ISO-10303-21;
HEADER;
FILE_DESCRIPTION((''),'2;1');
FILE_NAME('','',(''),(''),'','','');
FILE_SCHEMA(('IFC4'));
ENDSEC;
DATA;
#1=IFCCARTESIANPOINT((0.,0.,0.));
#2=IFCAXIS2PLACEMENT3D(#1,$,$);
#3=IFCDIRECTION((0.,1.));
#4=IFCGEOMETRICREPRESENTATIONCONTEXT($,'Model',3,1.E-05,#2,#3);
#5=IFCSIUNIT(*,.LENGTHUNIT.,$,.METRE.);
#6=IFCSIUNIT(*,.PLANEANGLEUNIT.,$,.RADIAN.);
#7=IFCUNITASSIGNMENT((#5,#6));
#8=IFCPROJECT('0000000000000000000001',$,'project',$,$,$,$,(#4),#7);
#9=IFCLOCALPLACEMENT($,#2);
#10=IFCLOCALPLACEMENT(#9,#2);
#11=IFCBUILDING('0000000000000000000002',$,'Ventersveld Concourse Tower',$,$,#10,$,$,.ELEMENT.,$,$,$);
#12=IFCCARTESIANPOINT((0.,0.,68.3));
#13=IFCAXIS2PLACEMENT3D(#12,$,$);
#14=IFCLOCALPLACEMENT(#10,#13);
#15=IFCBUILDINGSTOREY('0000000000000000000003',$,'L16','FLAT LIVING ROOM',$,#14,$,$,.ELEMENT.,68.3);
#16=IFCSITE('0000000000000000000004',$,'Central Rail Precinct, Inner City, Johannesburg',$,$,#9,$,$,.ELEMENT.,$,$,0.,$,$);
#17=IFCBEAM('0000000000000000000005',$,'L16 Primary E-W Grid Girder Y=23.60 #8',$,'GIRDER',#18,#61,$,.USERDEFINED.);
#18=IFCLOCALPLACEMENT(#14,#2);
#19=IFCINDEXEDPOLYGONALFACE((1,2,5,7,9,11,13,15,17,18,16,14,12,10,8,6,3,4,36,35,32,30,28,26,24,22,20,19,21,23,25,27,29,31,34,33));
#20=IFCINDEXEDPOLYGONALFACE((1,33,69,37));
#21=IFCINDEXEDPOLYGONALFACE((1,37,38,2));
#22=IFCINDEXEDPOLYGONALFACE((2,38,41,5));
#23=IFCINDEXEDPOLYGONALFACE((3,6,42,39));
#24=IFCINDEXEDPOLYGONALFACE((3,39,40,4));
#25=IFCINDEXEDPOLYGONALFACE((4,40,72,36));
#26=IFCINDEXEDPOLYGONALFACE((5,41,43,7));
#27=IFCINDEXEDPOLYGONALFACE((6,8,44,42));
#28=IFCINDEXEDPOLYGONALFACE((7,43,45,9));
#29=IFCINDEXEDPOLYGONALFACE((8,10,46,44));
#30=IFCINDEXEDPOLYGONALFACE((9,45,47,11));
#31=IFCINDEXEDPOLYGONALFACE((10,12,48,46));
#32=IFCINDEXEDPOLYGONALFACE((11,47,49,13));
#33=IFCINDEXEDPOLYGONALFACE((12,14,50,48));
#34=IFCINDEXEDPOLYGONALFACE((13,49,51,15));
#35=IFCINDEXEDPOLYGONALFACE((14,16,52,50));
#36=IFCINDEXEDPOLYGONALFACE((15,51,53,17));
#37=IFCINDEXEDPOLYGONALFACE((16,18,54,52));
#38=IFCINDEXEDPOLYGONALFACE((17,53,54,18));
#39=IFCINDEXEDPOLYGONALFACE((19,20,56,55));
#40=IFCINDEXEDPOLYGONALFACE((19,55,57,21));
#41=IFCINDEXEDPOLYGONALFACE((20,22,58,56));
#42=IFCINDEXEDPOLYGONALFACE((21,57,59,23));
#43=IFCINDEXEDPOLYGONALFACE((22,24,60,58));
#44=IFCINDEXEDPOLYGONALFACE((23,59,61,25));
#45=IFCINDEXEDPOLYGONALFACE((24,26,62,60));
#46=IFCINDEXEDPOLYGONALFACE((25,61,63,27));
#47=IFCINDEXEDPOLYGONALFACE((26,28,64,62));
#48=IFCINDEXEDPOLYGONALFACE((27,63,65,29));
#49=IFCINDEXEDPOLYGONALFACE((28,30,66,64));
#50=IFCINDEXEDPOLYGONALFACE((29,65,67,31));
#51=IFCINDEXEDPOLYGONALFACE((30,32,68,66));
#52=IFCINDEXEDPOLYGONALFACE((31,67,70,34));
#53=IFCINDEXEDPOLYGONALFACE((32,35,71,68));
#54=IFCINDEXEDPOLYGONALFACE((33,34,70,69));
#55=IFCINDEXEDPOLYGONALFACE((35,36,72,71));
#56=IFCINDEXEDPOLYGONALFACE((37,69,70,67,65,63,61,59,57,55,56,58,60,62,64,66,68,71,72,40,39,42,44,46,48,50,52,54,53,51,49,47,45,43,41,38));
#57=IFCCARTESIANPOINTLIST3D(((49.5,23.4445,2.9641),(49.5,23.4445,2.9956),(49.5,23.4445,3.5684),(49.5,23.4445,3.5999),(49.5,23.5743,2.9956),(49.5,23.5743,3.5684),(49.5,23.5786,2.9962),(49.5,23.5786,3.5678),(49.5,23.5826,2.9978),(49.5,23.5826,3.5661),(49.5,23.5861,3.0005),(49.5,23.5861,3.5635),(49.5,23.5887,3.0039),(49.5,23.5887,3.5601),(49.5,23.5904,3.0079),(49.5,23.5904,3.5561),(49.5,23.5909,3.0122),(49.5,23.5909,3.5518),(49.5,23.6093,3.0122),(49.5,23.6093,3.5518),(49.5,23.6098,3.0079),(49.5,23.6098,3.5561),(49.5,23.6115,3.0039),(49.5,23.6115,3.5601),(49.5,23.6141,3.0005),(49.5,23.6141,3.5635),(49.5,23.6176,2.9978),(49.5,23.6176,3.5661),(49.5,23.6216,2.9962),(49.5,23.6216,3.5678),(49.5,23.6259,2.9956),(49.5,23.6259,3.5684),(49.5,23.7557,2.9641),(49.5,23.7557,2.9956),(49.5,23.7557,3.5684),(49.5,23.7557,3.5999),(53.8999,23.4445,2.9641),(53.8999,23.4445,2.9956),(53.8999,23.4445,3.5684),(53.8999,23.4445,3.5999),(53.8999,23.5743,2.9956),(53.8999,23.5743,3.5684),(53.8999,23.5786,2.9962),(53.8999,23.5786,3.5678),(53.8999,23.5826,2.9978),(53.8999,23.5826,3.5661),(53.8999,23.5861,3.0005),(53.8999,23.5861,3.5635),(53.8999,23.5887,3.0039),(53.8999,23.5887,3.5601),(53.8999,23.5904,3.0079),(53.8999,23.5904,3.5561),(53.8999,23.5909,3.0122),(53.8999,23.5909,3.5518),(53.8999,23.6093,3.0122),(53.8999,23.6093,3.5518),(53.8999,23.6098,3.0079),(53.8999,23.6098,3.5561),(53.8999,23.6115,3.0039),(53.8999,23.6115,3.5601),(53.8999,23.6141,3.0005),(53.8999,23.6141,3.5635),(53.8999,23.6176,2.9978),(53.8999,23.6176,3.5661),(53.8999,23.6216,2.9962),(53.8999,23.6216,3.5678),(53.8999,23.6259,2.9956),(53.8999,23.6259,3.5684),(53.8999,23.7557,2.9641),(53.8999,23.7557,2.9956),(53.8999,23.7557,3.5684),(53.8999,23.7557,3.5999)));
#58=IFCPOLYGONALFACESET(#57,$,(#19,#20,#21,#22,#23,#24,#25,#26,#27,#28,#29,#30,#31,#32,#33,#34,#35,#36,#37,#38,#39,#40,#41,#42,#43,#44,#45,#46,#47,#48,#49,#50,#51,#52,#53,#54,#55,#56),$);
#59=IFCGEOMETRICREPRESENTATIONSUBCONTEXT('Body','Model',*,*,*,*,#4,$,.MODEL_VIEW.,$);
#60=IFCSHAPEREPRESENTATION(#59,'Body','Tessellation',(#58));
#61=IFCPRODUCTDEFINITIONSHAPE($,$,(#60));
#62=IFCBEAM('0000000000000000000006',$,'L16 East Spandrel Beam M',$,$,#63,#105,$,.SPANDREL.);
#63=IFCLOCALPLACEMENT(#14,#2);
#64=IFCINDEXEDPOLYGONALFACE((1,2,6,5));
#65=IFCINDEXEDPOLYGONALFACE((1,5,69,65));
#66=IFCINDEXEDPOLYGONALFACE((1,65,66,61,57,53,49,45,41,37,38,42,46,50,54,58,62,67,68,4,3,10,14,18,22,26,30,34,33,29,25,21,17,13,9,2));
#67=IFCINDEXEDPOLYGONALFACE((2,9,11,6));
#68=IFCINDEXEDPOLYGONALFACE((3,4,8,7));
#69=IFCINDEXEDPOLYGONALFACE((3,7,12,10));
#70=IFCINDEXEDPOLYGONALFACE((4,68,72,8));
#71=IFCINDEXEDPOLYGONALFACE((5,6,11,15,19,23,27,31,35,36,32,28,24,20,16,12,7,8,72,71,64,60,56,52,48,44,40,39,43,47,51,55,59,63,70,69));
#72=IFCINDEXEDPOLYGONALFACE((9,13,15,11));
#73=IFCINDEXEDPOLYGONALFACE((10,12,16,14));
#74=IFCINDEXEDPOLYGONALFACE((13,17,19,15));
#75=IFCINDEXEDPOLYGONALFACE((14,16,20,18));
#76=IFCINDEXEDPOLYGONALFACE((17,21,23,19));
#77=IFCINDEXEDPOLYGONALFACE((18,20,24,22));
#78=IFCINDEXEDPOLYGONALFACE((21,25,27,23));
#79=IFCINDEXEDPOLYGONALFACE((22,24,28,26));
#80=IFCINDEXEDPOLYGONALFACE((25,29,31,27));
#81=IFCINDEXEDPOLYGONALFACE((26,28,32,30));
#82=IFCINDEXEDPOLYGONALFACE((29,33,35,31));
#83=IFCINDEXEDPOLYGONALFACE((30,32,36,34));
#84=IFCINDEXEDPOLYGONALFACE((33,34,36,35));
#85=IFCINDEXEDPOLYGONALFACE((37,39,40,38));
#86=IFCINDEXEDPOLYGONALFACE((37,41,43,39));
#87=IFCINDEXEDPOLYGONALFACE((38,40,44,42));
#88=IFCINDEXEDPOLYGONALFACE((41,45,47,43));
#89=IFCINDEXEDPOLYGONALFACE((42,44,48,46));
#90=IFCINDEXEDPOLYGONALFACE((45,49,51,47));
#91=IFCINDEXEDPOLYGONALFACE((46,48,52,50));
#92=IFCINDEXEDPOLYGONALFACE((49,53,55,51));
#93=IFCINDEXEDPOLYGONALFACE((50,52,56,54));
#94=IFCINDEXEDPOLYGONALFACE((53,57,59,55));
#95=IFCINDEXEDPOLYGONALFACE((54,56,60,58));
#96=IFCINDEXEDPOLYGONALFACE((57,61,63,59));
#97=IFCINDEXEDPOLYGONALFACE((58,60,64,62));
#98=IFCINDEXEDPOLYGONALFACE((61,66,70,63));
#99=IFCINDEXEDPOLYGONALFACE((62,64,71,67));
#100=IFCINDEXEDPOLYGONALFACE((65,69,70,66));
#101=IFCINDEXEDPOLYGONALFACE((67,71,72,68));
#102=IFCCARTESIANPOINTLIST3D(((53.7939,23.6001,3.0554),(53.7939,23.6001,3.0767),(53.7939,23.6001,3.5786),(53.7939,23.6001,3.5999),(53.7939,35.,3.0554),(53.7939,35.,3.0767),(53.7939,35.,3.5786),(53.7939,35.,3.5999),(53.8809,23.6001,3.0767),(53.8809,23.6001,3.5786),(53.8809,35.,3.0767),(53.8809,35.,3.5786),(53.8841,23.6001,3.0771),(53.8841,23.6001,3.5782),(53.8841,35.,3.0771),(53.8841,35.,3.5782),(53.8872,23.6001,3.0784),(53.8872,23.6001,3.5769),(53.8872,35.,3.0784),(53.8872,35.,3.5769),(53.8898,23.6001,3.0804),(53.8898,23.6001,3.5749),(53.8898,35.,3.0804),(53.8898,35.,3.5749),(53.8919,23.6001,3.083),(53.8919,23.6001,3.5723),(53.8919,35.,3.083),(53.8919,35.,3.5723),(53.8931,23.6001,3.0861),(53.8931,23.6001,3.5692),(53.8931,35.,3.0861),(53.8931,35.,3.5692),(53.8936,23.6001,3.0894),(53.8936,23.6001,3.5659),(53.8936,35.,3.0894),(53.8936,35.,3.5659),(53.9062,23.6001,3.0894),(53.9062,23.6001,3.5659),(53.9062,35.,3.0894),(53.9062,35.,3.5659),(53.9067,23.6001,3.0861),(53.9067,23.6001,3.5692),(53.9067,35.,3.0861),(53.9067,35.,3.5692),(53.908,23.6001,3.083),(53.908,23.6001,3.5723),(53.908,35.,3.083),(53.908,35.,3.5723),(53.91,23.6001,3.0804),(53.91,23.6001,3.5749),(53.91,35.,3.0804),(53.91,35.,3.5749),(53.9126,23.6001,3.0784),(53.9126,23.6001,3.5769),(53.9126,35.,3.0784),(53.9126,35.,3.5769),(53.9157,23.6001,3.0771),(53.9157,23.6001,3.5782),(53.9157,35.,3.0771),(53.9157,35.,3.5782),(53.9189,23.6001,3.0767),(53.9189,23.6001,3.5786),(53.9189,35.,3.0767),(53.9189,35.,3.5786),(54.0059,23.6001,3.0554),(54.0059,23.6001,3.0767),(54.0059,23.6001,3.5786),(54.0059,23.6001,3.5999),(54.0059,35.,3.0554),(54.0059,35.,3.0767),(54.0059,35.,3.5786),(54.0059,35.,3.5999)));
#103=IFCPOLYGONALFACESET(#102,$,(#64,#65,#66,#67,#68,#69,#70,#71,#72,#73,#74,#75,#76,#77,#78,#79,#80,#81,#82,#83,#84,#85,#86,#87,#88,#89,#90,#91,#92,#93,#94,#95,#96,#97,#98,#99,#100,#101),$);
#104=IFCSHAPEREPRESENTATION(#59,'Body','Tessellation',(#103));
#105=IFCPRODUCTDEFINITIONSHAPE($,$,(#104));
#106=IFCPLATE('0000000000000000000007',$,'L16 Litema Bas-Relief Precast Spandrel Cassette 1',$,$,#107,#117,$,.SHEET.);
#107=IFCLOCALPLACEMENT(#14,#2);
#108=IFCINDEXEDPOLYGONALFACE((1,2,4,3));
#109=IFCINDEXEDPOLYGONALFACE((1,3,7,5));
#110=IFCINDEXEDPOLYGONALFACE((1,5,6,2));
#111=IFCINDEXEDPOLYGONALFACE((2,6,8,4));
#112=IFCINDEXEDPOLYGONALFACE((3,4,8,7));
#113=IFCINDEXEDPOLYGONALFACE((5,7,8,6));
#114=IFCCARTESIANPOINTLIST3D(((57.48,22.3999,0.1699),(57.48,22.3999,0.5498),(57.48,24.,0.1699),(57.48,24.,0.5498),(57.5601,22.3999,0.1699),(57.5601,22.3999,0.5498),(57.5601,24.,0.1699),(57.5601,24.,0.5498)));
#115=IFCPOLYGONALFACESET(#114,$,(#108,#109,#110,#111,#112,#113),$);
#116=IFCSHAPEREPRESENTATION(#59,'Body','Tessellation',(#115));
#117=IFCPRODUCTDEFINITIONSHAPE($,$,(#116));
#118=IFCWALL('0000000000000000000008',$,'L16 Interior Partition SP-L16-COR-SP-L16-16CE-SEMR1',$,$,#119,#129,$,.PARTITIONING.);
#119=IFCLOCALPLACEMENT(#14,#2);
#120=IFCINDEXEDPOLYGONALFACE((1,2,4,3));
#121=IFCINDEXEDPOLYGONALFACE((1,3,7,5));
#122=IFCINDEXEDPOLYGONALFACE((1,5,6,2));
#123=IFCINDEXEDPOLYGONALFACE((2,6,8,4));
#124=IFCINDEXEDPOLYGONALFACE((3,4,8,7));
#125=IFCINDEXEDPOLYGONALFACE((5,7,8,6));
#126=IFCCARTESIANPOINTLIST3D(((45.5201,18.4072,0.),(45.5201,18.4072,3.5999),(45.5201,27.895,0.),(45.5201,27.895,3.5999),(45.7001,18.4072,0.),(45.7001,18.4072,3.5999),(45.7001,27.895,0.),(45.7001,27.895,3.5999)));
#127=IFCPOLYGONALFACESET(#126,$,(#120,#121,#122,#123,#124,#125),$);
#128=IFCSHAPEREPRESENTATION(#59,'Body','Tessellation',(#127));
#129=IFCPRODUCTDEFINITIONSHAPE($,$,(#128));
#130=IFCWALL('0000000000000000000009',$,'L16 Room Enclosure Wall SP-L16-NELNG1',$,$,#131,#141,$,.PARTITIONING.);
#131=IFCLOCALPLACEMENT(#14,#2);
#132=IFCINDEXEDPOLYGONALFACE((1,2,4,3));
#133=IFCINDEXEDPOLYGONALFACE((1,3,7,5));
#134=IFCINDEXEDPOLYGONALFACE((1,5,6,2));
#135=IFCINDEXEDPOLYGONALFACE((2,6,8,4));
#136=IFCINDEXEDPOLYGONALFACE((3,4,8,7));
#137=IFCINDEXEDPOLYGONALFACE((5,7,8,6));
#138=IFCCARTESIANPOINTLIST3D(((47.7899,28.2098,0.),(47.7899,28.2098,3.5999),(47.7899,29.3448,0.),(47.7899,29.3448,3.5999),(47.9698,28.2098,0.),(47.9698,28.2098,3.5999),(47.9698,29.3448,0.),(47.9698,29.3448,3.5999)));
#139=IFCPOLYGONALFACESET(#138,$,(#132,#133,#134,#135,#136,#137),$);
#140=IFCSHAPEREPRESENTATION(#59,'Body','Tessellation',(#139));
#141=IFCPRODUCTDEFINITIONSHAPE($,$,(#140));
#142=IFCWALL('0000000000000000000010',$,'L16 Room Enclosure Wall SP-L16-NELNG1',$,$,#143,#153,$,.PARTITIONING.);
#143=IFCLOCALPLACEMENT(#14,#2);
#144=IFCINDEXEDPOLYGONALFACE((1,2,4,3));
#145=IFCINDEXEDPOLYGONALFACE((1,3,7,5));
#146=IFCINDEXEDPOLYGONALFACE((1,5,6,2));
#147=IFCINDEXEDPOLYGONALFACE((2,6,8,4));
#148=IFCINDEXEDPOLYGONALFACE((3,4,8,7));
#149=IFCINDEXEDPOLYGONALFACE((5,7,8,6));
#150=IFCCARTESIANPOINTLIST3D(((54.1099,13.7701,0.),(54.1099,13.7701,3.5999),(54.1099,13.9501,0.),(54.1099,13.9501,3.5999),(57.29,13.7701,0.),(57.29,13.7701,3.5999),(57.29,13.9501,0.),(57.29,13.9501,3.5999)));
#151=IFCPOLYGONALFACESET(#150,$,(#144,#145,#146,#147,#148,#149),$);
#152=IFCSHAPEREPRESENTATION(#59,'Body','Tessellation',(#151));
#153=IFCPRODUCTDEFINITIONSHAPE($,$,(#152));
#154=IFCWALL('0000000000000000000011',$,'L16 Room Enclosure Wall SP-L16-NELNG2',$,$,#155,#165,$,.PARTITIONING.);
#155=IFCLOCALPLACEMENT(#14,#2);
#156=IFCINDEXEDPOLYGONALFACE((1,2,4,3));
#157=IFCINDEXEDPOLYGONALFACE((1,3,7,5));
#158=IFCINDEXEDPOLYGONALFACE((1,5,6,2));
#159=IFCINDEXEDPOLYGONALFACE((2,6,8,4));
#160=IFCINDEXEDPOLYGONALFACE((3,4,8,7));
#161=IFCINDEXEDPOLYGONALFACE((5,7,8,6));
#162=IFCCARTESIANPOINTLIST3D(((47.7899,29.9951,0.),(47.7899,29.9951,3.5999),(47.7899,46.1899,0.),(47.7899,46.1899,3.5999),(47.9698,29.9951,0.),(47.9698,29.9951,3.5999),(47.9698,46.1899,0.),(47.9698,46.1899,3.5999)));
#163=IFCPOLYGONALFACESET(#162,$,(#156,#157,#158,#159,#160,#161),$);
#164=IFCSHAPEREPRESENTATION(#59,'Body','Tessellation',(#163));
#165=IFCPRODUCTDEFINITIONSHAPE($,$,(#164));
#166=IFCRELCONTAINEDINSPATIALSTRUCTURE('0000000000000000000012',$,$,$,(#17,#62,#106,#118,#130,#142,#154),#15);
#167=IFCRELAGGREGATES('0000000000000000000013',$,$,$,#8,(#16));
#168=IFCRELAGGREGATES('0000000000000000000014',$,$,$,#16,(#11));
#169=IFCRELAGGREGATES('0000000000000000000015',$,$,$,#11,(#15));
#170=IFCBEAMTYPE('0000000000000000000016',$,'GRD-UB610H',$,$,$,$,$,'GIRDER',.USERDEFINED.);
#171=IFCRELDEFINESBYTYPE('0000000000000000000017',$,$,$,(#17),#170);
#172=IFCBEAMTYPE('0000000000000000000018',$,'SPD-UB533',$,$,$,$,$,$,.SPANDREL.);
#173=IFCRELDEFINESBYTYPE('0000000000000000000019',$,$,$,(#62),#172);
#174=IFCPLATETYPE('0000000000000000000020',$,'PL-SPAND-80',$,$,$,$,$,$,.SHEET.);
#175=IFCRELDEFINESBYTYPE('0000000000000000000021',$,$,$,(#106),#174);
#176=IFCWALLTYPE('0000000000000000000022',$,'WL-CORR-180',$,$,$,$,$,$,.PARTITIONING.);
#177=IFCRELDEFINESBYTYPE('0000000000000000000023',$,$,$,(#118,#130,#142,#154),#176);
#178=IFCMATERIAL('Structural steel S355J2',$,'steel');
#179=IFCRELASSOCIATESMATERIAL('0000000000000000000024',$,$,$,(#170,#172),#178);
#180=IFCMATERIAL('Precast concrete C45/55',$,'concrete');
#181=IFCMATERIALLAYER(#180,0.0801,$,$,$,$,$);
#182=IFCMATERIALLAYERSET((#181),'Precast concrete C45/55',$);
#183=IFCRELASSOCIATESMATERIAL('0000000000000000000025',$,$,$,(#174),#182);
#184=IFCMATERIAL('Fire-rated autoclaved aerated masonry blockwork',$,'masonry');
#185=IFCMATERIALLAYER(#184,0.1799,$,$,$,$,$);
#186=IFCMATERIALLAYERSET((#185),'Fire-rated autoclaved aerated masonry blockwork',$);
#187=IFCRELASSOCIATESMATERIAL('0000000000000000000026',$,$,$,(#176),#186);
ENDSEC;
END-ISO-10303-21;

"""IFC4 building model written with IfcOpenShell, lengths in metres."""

from ifc_helpers import new_model, si_unit, direction, frame, frame_2d, origin, origin_2d, place, context, subcontext, project, spatial, rectangle, i_section, extrude, material, layer, layer_set, material_profile, profile_set, type_object, element, save


model = new_model("IFC4")

# Units and contexts
model_context = context("Model", 3, precision=1e-05, world=origin(), true_north=direction((0.0, 1.0)))
body_context = subcontext(model_context, "Body", "Model", "MODEL_VIEW")
ifc_project = project(units=[si_unit("LENGTHUNIT", "METRE"), si_unit("PLANEANGLEUNIT", "RADIAN")], contexts=[model_context])

# Site, building, storey
site_placement = place(None, origin())
site = spatial("IfcSite", under=ifc_project, at=site_placement, Name="Central Rail Precinct, Inner City, Johannesburg", CompositionType="ELEMENT", RefElevation=0.0)
building_placement = place(site_placement, origin())
building = spatial("IfcBuilding", under=site, at=building_placement, Name="Ventersveld Concourse Tower", CompositionType="ELEMENT")
storey_placement = place(building_placement, frame((0.0, 0.0, 68.3)))
storey = spatial("IfcBuildingStorey", under=building, at=storey_placement, Name="L16", Description="FLAT LIVING ROOM", CompositionType="ELEMENT", Elevation=68.3)

# Beams
ifc_material_1 = material(Name="Structural steel S355J2", Category="steel")
ifc_material_profile_1 = material_profile(ifc_material_1, i_section(OverallWidth=0.3113, OverallDepth=0.6357, WebThickness=0.0183, FlangeThickness=0.0315, FilletRadius=0.0166, at=origin_2d()), Name="UB 610x305x238")
ifc_profile_set_1 = profile_set([ifc_material_profile_1], Name="Structural steel S355J2")
beam_type_1 = type_object("IfcBeamType", Name="GRD-UB610H", ElementType="GIRDER", PredefinedType="USERDEFINED", material=ifc_profile_set_1)
beam_1_placement = place(storey_placement, frame((49.5, 23.6001, 3.282), z_axis=(1.0, 0.0, 0.0), x_axis=(0.0, 1.0, 0.0)))
element("IfcBeam", 1, at=beam_1_placement, inside=storey, type_object=beam_type_1, Name="L16 Primary E-W Grid Girder Y=23.60 #8", ObjectType="GIRDER", PredefinedType="USERDEFINED", context=body_context, shape_type="SweptSolid", body=[
    extrude(i_section(OverallWidth=0.3113, OverallDepth=0.6357, WebThickness=0.0183, FlangeThickness=0.0315, FilletRadius=0.0166, at=origin_2d()), origin(), (0.0, 0.0, 1.0), 4.3999),
])
ifc_material_profile_2 = material_profile(ifc_material_1, i_section(OverallWidth=0.2119, OverallDepth=0.5444, WebThickness=0.0127, FlangeThickness=0.0212, FilletRadius=0.0127, at=origin_2d()), Name="UB 533x210x122")
ifc_profile_set_2 = profile_set([ifc_material_profile_2], Name="Structural steel S355J2")
beam_type_2 = type_object("IfcBeamType", Name="SPD-UB533", PredefinedType="SPANDREL", material=ifc_profile_set_2)
beam_2_placement = place(storey_placement, frame((53.8999, 23.6001, 3.3276), z_axis=(0.0, 1.0, 0.0), x_axis=(-1.0, 0.0, 0.0)))
element("IfcBeam", 2, at=beam_2_placement, inside=storey, type_object=beam_type_2, Name="L16 East Spandrel Beam M", PredefinedType="SPANDREL", context=body_context, shape_type="SweptSolid", body=[
    extrude(i_section(OverallWidth=0.2119, OverallDepth=0.5444, WebThickness=0.0127, FlangeThickness=0.0212, FilletRadius=0.0127, at=origin_2d()), origin(), (0.0, 0.0, 1.0), 11.3999),
])

# Plate
ifc_material_2 = material(Name="Precast concrete C45/55", Category="concrete")
ifc_layer_1 = layer(ifc_material_2, 0.0801)
ifc_layer_set_1 = layer_set([ifc_layer_1], Name="Precast concrete C45/55")
plate_type = type_object("IfcPlateType", Name="PL-SPAND-80", PredefinedType="SHEET", material=ifc_layer_set_1)
plate_placement = place(storey_placement, frame((57.52, 23.2, 0.1699), z_axis=(0.0, 0.0, 1.0), x_axis=(0.0, 1.0, 0.0)))
element("IfcPlate", 3, at=plate_placement, inside=storey, type_object=plate_type, Name="L16 Litema Bas-Relief Precast Spandrel Cassette 1", PredefinedType="SHEET", context=body_context, shape_type="SweptSolid", body=[
    extrude(rectangle(XDim=1.6001, YDim=0.0801, at=origin_2d()), origin(), (0.0, 0.0, 1.0), 0.3799),
])

# Walls
ifc_material_3 = material(Name="Fire-rated autoclaved aerated masonry blockwork", Category="masonry")
ifc_layer_2 = layer(ifc_material_3, 0.1799)
ifc_layer_set_2 = layer_set([ifc_layer_2], Name="Fire-rated autoclaved aerated masonry blockwork")
wall_type_1 = type_object("IfcWallType", Name="WL-CORR-180", PredefinedType="PARTITIONING", material=ifc_layer_set_2)
wall_1_placement = place(storey_placement, frame((45.6101, 18.4072, 0.0), z_axis=(0.0, 0.0, 1.0), x_axis=(0.0, 1.0, 0.0)))
element("IfcWall", 4, at=wall_1_placement, inside=storey, type_object=wall_type_1, Name="L16 Interior Partition SP-L16-COR-SP-L16-16CE-SEMR1", PredefinedType="PARTITIONING", context=body_context, shape_type="SweptSolid", body=[
    extrude(rectangle(XDim=9.4878, YDim=0.1799, at=frame_2d((4.7439, 0.0))), origin(), (0.0, 0.0, 1.0), 3.5999),
])
wall_2_placement = place(storey_placement, frame((47.8799, 28.21, 0.0), z_axis=(0.0, 0.0, 1.0), x_axis=(0.0, 1.0, 0.0)))
element("IfcWall", 5, at=wall_2_placement, inside=storey, type_object=wall_type_1, Name="L16 Room Enclosure Wall SP-L16-NELNG1", PredefinedType="PARTITIONING", context=body_context, shape_type="SweptSolid", body=[
    extrude(rectangle(XDim=1.135, YDim=0.1799, at=frame_2d((0.5674, 0.0))), origin(), (0.0, 0.0, 1.0), 3.5999),
])
wall_3_placement = place(storey_placement, frame((57.29, 13.8601, 0.0), z_axis=(0.0, 0.0, 1.0), x_axis=(-1.0, 0.0, 0.0)))
element("IfcWall", 6, at=wall_3_placement, inside=storey, type_object=wall_type_1, Name="L16 Room Enclosure Wall SP-L16-NELNG1", PredefinedType="PARTITIONING", context=body_context, shape_type="SweptSolid", body=[
    extrude(rectangle(XDim=3.1802, YDim=0.1799, at=frame_2d((1.5901, 0.0))), origin(), (0.0, 0.0, 1.0), 3.5999),
])
wall_4_placement = place(storey_placement, frame((47.8799, 29.9951, 0.0), z_axis=(0.0, 0.0, 1.0), x_axis=(0.0, 1.0, 0.0)))
element("IfcWall", 7, at=wall_4_placement, inside=storey, type_object=wall_type_1, Name="L16 Room Enclosure Wall SP-L16-NELNG2", PredefinedType="PARTITIONING", context=body_context, shape_type="SweptSolid", body=[
    extrude(rectangle(XDim=16.1948, YDim=0.1799, at=frame_2d((8.0974, 0.0))), origin(), (0.0, 0.0, 1.0), 3.5999),
])

save(model, "model.ifc")
